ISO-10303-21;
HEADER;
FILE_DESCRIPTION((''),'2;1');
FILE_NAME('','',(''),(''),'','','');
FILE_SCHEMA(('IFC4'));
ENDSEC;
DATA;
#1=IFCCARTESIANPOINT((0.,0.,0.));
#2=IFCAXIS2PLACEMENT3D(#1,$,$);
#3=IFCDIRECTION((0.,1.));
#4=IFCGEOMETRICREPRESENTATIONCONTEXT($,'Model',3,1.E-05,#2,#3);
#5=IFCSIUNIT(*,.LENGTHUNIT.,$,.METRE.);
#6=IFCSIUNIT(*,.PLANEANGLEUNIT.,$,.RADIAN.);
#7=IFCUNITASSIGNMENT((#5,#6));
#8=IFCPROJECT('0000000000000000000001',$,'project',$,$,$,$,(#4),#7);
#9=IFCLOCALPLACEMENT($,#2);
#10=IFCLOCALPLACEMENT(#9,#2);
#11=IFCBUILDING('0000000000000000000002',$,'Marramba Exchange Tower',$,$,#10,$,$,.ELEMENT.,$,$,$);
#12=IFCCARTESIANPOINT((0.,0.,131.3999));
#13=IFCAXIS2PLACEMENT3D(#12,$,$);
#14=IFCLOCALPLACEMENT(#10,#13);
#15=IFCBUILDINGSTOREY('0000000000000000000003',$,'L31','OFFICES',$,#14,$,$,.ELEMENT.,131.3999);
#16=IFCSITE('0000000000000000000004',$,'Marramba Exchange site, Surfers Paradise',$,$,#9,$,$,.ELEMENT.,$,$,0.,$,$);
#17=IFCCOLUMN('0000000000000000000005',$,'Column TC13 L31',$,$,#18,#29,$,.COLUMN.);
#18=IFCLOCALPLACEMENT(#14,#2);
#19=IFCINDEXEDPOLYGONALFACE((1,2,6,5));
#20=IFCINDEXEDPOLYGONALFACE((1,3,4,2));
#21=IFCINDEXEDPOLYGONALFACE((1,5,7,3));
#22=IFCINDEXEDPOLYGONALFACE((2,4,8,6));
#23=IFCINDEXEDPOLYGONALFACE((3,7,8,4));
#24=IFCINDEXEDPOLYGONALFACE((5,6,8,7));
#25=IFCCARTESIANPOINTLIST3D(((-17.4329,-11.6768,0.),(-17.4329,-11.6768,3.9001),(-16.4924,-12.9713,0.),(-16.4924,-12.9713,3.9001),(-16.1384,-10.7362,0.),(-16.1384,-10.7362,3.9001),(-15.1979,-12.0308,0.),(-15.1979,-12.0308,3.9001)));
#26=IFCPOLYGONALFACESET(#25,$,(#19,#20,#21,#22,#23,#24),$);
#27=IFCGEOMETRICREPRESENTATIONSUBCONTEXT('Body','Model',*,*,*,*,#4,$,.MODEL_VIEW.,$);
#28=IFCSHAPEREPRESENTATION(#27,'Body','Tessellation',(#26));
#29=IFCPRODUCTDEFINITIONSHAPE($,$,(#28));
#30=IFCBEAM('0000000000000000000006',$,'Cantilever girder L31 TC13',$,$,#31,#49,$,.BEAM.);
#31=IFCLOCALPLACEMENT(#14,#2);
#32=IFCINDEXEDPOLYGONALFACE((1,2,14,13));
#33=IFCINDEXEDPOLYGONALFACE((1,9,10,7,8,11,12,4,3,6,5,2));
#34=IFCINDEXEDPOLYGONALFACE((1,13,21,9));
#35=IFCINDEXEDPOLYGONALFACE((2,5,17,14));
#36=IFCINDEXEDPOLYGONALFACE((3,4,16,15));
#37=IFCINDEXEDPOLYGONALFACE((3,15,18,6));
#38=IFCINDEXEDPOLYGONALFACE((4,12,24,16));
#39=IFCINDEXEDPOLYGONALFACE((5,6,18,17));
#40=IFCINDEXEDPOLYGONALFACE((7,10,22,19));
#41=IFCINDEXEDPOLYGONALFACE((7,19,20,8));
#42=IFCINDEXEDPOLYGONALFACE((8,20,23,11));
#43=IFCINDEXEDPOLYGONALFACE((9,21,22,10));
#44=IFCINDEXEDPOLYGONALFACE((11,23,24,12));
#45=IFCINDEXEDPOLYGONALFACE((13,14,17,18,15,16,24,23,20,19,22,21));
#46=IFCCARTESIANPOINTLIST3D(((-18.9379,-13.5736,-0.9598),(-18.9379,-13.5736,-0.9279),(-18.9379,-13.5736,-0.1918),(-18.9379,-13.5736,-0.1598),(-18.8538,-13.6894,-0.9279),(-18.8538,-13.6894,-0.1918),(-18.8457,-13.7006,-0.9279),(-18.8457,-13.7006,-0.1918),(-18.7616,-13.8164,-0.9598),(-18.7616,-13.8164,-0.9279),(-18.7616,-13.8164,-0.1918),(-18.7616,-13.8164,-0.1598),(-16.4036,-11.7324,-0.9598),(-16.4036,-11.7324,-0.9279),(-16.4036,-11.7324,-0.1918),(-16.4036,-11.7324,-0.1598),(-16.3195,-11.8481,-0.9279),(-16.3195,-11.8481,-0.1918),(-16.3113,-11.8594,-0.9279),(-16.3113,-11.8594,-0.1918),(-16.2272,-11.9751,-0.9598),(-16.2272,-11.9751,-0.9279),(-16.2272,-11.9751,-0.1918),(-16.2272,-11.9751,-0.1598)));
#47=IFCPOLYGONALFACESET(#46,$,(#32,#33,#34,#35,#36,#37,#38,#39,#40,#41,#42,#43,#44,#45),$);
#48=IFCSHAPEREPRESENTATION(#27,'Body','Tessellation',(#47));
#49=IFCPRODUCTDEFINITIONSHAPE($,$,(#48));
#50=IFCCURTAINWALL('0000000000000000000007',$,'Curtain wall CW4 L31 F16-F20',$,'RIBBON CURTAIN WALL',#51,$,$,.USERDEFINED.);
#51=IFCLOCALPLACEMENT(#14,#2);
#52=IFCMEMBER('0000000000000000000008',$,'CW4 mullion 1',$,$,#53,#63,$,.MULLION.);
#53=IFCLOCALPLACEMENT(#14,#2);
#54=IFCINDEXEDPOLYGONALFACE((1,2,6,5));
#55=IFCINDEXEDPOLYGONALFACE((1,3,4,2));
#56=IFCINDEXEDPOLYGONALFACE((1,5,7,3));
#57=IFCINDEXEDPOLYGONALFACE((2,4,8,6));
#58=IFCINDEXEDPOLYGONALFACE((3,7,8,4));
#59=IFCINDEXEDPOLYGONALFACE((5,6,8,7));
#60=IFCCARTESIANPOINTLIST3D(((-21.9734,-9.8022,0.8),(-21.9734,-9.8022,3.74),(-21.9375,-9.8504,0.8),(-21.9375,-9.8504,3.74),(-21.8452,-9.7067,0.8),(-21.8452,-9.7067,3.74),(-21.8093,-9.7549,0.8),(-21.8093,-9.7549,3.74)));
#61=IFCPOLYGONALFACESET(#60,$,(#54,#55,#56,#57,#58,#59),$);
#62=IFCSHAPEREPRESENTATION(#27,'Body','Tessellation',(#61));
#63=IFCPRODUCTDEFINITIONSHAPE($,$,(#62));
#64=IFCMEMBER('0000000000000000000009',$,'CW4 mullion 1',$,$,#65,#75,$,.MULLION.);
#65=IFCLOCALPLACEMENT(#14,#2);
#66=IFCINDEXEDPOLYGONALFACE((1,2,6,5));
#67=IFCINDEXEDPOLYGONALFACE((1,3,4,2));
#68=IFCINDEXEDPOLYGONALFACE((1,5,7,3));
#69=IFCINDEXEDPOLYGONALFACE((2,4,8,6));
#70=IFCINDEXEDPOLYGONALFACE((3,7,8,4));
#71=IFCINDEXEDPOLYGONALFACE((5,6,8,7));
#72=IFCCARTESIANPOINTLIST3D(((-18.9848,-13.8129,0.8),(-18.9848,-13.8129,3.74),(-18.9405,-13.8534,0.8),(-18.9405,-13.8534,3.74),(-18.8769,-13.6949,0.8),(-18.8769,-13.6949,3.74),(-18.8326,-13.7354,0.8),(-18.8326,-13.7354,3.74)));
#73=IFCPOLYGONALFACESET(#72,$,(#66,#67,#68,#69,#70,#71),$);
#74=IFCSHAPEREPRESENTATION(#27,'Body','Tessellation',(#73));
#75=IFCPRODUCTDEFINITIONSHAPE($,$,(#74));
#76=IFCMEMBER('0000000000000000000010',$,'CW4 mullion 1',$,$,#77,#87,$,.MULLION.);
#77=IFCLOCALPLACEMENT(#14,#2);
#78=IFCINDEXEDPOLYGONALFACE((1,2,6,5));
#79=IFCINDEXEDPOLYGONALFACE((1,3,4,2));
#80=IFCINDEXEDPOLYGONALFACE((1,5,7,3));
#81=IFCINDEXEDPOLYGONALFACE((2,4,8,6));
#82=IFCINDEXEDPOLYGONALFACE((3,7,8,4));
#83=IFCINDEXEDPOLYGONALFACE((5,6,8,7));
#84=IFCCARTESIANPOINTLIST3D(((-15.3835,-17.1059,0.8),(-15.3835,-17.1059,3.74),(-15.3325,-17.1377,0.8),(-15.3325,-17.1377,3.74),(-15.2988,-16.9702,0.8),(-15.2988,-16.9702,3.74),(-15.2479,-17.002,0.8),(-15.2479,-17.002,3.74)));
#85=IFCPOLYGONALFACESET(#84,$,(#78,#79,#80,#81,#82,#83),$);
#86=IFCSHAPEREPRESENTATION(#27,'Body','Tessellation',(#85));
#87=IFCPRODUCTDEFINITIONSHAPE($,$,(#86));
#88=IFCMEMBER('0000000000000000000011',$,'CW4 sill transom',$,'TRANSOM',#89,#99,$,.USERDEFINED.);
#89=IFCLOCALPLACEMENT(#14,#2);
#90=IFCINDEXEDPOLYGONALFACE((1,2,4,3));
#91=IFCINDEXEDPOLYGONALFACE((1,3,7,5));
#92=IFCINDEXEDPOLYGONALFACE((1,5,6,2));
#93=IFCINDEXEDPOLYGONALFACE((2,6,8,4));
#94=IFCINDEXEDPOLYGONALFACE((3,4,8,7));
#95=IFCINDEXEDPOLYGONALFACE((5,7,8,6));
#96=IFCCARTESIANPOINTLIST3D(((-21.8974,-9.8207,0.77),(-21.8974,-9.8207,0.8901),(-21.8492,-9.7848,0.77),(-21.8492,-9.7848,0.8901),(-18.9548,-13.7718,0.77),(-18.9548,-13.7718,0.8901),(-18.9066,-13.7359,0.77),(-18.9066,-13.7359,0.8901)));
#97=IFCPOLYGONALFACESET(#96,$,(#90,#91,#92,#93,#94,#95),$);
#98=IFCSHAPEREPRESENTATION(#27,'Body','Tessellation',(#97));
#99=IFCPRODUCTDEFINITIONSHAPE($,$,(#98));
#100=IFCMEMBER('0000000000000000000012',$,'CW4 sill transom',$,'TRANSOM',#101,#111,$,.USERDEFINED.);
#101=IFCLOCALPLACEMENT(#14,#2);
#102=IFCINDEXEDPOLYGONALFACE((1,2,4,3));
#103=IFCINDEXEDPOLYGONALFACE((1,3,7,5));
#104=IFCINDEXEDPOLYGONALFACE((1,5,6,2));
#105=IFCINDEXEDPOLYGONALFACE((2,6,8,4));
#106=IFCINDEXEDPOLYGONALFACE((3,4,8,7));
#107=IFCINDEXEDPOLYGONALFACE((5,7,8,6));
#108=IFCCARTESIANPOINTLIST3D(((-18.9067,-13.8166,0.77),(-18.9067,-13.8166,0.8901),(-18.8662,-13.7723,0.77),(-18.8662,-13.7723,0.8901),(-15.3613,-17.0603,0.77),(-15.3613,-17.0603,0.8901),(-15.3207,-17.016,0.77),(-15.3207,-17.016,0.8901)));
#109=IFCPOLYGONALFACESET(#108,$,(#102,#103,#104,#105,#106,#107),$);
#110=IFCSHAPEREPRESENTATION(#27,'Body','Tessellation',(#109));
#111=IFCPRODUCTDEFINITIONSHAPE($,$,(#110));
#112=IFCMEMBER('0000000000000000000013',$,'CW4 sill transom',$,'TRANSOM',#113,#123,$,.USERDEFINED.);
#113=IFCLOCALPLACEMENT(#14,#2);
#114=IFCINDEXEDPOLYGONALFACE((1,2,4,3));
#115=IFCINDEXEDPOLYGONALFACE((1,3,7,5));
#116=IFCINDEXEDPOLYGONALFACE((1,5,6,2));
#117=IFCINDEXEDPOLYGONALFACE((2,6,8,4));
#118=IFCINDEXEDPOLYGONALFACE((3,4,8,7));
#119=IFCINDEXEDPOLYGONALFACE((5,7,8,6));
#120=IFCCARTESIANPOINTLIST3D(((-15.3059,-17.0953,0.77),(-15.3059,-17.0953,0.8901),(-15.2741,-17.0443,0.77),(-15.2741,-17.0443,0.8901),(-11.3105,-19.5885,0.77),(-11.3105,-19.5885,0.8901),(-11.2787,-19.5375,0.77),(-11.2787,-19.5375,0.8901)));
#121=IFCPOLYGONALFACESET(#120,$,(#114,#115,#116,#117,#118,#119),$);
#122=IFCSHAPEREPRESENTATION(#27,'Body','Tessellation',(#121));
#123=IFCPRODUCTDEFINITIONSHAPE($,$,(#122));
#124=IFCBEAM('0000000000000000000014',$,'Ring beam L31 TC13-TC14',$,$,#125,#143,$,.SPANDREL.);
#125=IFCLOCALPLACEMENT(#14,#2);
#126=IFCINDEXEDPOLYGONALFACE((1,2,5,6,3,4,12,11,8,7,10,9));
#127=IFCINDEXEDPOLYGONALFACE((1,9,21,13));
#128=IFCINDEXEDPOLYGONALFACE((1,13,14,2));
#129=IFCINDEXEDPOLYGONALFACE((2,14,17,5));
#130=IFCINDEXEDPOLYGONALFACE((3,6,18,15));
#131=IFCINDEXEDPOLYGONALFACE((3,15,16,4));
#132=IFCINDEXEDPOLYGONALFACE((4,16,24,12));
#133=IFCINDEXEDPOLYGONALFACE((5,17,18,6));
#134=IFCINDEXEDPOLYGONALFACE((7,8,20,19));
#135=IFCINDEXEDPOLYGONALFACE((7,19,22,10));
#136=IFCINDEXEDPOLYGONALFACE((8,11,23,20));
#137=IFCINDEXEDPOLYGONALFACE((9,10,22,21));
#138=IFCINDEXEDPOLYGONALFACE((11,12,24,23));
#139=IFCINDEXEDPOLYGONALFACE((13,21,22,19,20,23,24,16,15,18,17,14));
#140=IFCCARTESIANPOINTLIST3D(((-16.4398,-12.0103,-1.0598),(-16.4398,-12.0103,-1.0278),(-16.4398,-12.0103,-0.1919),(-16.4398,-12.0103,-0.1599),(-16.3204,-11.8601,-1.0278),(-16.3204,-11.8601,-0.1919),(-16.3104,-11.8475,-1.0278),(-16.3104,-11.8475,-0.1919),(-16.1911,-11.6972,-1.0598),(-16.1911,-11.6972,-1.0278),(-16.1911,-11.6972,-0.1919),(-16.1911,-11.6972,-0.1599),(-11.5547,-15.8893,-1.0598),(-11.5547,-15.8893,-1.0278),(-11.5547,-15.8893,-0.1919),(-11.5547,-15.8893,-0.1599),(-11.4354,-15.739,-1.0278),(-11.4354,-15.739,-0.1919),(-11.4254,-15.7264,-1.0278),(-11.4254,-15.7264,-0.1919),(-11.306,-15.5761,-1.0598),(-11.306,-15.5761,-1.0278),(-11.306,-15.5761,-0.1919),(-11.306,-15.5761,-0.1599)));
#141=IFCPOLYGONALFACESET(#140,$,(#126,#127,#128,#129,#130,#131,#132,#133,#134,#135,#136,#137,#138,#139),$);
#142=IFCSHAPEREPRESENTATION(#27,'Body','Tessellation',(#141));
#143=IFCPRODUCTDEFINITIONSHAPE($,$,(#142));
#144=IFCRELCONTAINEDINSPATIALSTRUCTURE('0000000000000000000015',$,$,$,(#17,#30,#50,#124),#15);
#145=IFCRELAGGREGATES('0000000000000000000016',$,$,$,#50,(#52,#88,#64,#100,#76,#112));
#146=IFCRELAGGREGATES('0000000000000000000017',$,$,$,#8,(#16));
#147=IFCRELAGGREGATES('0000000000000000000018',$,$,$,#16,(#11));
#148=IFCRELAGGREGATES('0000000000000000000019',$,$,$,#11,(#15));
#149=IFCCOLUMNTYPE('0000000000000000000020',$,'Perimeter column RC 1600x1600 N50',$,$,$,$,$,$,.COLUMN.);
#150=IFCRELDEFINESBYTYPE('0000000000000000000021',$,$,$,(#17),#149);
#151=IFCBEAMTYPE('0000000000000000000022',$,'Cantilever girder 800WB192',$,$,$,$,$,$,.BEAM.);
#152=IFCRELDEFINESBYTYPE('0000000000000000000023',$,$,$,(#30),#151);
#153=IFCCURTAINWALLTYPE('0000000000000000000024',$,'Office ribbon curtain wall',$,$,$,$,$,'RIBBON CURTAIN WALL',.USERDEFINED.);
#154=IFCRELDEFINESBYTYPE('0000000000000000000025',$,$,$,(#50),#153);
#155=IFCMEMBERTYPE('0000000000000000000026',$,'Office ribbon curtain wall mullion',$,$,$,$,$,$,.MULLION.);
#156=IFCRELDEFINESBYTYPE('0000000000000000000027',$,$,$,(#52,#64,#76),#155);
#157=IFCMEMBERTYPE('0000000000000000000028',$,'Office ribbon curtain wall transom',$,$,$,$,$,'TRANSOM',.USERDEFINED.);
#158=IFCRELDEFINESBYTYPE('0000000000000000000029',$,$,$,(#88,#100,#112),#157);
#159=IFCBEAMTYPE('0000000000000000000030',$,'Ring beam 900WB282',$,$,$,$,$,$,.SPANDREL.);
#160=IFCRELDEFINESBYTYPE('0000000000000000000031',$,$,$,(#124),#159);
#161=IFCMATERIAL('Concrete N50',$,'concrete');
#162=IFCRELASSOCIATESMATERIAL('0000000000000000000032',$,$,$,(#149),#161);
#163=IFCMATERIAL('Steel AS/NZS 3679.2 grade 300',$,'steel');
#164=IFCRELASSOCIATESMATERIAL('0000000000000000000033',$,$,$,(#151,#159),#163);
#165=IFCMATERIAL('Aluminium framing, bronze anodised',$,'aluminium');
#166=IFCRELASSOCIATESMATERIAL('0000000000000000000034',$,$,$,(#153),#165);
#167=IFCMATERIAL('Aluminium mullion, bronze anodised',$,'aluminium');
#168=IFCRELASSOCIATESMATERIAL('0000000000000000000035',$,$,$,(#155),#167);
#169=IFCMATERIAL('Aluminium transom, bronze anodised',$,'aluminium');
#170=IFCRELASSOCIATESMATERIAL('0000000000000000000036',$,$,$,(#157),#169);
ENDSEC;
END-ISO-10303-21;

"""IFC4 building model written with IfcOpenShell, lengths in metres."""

from ifc_helpers import new_model, si_unit, direction, frame, origin, origin_2d, place, context, subcontext, project, spatial, rectangle, i_section, extrude, material, material_profile, profile_set, type_object, element, aggregate, save


model = new_model("IFC4")

# Units and contexts
model_context = context("Model", 3, precision=1e-05, world=origin(), true_north=direction((0.0, 1.0)))
body_context = subcontext(model_context, "Body", "Model", "MODEL_VIEW")
ifc_project = project(units=[si_unit("LENGTHUNIT", "METRE"), si_unit("PLANEANGLEUNIT", "RADIAN")], contexts=[model_context])

# Site, building, storey
site_placement = place(None, origin())
site = spatial("IfcSite", under=ifc_project, at=site_placement, Name="Marramba Exchange site, Surfers Paradise", CompositionType="ELEMENT", RefElevation=0.0)
building_placement = place(site_placement, origin())
building = spatial("IfcBuilding", under=site, at=building_placement, Name="Marramba Exchange Tower", CompositionType="ELEMENT")
storey_placement = place(building_placement, frame((0.0, 0.0, 131.3999)))
storey = spatial("IfcBuildingStorey", under=building, at=storey_placement, Name="L31", Description="OFFICES", CompositionType="ELEMENT", Elevation=131.3999)

# Column
ifc_material_1 = material(Name="Concrete N50", Category="concrete")
ifc_material_profile_1 = material_profile(ifc_material_1, rectangle(XDim=1.6001, YDim=1.6001, at=origin_2d()), Name="RC 1600x1600")
ifc_profile_set_1 = profile_set([ifc_material_profile_1], Name="Concrete N50")
column_type = type_object("IfcColumnType", Name="Perimeter column RC 1600x1600 N50", PredefinedType="COLUMN", material=ifc_profile_set_1)
column_placement = place(storey_placement, frame((-16.3154, -11.8538, 0.0), z_axis=(0.0, 0.0, 1.0), x_axis=(-0.809017, -0.587785, 0.0)))
element("IfcColumn", 1, at=column_placement, inside=storey, type_object=column_type, Name="Column TC13 L31", PredefinedType="COLUMN", context=body_context, shape_type="SweptSolid", body=[
    extrude(rectangle(XDim=1.6001, YDim=1.6001, at=origin_2d()), origin(), (0.0, 0.0, 1.0), 3.9001),
])

# Beam
ifc_material_2 = material(Name="Steel AS/NZS 3679.2 grade 300", Category="steel")
ifc_material_profile_2 = material_profile(ifc_material_2, i_section(OverallWidth=0.3, OverallDepth=0.8, WebThickness=0.0139, FlangeThickness=0.032, at=origin_2d()), Name="800WB192")
ifc_profile_set_2 = profile_set([ifc_material_profile_2], Name="Steel AS/NZS 3679.2 grade 300")
beam_type_1 = type_object("IfcBeamType", Name="Cantilever girder 800WB192", PredefinedType="BEAM", material=ifc_profile_set_2)
beam_1_placement = place(storey_placement, frame((-16.3154, -11.8538, -0.5598), z_axis=(-0.809026, -0.587773, 0.0), x_axis=(0.587773, -0.809026, 0.0)))
element("IfcBeam", 2, at=beam_1_placement, inside=storey, type_object=beam_type_1, Name="Cantilever girder L31 TC13", PredefinedType="BEAM", context=body_context, shape_type="SweptSolid", body=[
    extrude(i_section(OverallWidth=0.3, OverallDepth=0.8, WebThickness=0.0139, FlangeThickness=0.032, at=origin_2d()), origin(), (0.0, 0.0, 1.0), 3.1326),
])

# Curtain wall, members
ifc_material_3 = material(Name="Aluminium framing, bronze anodised", Category="aluminium")
curtain_wall_type = type_object("IfcCurtainWallType", Name="Office ribbon curtain wall", ElementType="RIBBON CURTAIN WALL", PredefinedType="USERDEFINED", material=ifc_material_3)
curtain_wall_placement = place(storey_placement, origin())
curtain_wall = element("IfcCurtainWall", 3, at=curtain_wall_placement, inside=storey, type_object=curtain_wall_type, Name="Curtain wall CW4 L31 F16-F20", ObjectType="RIBBON CURTAIN WALL", PredefinedType="USERDEFINED")
ifc_material_4 = material(Name="Aluminium mullion, bronze anodised", Category="aluminium")
ifc_material_profile_3 = material_profile(ifc_material_4, rectangle(XDim=0.1599, YDim=0.0601, at=origin_2d()), Name="CW4 mullion 60x160")
ifc_profile_set_3 = profile_set([ifc_material_profile_3], Name="Aluminium mullion, bronze anodised")
member_type_1 = type_object("IfcMemberType", Name="Office ribbon curtain wall mullion", PredefinedType="MULLION", material=ifc_profile_set_3)
member_1_placement = place(storey_placement, frame((-21.8914, -9.7786, 0.8), z_axis=(0.0, 0.0, 1.0), x_axis=(0.802014, 0.597305, 0.0)))
member_1 = element("IfcMember", 4, at=member_1_placement, type_object=member_type_1, Name="CW4 mullion 1", PredefinedType="MULLION", context=body_context, shape_type="SweptSolid", body=[
    extrude(rectangle(XDim=0.1599, YDim=0.0601, at=origin_2d()), origin(), (0.0, 0.0, 1.0), 2.9399),
])
member_2_placement = place(storey_placement, frame((-18.9087, -13.7742, 0.8), z_axis=(0.0, 0.0, 1.0), x_axis=(0.674995, 0.737822, 0.0)))
member_2 = element("IfcMember", 5, at=member_2_placement, type_object=member_type_1, Name="CW4 mullion 1", PredefinedType="MULLION", context=body_context, shape_type="SweptSolid", body=[
    extrude(rectangle(XDim=0.1599, YDim=0.0601, at=origin_2d()), origin(), (0.0, 0.0, 1.0), 2.9399),
])
member_3_placement = place(storey_placement, frame((-15.3157, -17.054, 0.8), z_axis=(0.0, 0.0, 1.0), x_axis=(0.529428, 0.848355, 0.0)))
member_3 = element("IfcMember", 6, at=member_3_placement, type_object=member_type_1, Name="CW4 mullion 1", PredefinedType="MULLION", context=body_context, shape_type="SweptSolid", body=[
    extrude(rectangle(XDim=0.1599, YDim=0.0601, at=origin_2d()), origin(), (0.0, 0.0, 1.0), 2.9399),
])
ifc_material_5 = material(Name="Aluminium transom, bronze anodised", Category="aluminium")
ifc_material_profile_4 = material_profile(ifc_material_5, rectangle(XDim=0.0601, YDim=0.1201, at=origin_2d()), Name="CW4 transom 60x120")
ifc_profile_set_4 = profile_set([ifc_material_profile_4], Name="Aluminium transom, bronze anodised")
member_type_2 = type_object("IfcMemberType", Name="Office ribbon curtain wall transom", ElementType="TRANSOM", PredefinedType="USERDEFINED", material=ifc_profile_set_4)
member_4_placement = place(storey_placement, frame((-21.8733, -9.8027, 0.8301), z_axis=(0.597301, -0.802017, 0.0), x_axis=(0.802017, 0.597301, 0.0)))
member_4 = element("IfcMember", 7, at=member_4_placement, type_object=member_type_2, Name="CW4 sill transom", ObjectType="TRANSOM", PredefinedType="USERDEFINED", context=body_context, shape_type="SweptSolid", body=[
    extrude(rectangle(XDim=0.0601, YDim=0.1201, at=origin_2d()), origin(), (0.0, 0.0, 1.0), 4.9265),
])
member_5_placement = place(storey_placement, frame((-18.8865, -13.7944, 0.8301), z_axis=(0.737808, -0.675011, 0.0), x_axis=(0.675011, 0.737808, 0.0)))
member_5 = element("IfcMember", 8, at=member_5_placement, type_object=member_type_2, Name="CW4 sill transom", ObjectType="TRANSOM", PredefinedType="USERDEFINED", context=body_context, shape_type="SweptSolid", body=[
    extrude(rectangle(XDim=0.0601, YDim=0.1201, at=origin_2d()), origin(), (0.0, 0.0, 1.0), 4.8054),
])
member_6_placement = place(storey_placement, frame((-15.29, -17.0698, 0.8301), z_axis=(0.848374, -0.529398, 0.0), x_axis=(0.529398, 0.848374, 0.0)))
member_6 = element("IfcMember", 9, at=member_6_placement, type_object=member_type_2, Name="CW4 sill transom", ObjectType="TRANSOM", PredefinedType="USERDEFINED", context=body_context, shape_type="SweptSolid", body=[
    extrude(rectangle(XDim=0.0601, YDim=0.1201, at=origin_2d()), origin(), (0.0, 0.0, 1.0), 4.7095),
])

# Beam
ifc_material_profile_5 = material_profile(ifc_material_2, i_section(OverallWidth=0.3999, OverallDepth=0.8999, WebThickness=0.0161, FlangeThickness=0.032, at=origin_2d()), Name="900WB282")
ifc_profile_set_5 = profile_set([ifc_material_profile_5], Name="Steel AS/NZS 3679.2 grade 300")
beam_type_2 = type_object("IfcBeamType", Name="Ring beam 900WB282", PredefinedType="SPANDREL", material=ifc_profile_set_5)
beam_2_placement = place(storey_placement, frame((-16.3154, -11.8538, -0.6099), z_axis=(0.783139, -0.621846, 0.0), x_axis=(0.621846, 0.783139, 0.0)))
element("IfcBeam", 10, at=beam_2_placement, inside=storey, type_object=beam_type_2, Name="Ring beam L31 TC13-TC14", PredefinedType="SPANDREL", context=body_context, shape_type="SweptSolid", body=[
    extrude(i_section(OverallWidth=0.3999, OverallDepth=0.8999, WebThickness=0.0161, FlangeThickness=0.032, at=origin_2d()), origin(), (0.0, 0.0, 1.0), 6.2378),
])

aggregate(curtain_wall, [member_1, member_4, member_2, member_5, member_3, member_6])

save(model, "model.ifc")
